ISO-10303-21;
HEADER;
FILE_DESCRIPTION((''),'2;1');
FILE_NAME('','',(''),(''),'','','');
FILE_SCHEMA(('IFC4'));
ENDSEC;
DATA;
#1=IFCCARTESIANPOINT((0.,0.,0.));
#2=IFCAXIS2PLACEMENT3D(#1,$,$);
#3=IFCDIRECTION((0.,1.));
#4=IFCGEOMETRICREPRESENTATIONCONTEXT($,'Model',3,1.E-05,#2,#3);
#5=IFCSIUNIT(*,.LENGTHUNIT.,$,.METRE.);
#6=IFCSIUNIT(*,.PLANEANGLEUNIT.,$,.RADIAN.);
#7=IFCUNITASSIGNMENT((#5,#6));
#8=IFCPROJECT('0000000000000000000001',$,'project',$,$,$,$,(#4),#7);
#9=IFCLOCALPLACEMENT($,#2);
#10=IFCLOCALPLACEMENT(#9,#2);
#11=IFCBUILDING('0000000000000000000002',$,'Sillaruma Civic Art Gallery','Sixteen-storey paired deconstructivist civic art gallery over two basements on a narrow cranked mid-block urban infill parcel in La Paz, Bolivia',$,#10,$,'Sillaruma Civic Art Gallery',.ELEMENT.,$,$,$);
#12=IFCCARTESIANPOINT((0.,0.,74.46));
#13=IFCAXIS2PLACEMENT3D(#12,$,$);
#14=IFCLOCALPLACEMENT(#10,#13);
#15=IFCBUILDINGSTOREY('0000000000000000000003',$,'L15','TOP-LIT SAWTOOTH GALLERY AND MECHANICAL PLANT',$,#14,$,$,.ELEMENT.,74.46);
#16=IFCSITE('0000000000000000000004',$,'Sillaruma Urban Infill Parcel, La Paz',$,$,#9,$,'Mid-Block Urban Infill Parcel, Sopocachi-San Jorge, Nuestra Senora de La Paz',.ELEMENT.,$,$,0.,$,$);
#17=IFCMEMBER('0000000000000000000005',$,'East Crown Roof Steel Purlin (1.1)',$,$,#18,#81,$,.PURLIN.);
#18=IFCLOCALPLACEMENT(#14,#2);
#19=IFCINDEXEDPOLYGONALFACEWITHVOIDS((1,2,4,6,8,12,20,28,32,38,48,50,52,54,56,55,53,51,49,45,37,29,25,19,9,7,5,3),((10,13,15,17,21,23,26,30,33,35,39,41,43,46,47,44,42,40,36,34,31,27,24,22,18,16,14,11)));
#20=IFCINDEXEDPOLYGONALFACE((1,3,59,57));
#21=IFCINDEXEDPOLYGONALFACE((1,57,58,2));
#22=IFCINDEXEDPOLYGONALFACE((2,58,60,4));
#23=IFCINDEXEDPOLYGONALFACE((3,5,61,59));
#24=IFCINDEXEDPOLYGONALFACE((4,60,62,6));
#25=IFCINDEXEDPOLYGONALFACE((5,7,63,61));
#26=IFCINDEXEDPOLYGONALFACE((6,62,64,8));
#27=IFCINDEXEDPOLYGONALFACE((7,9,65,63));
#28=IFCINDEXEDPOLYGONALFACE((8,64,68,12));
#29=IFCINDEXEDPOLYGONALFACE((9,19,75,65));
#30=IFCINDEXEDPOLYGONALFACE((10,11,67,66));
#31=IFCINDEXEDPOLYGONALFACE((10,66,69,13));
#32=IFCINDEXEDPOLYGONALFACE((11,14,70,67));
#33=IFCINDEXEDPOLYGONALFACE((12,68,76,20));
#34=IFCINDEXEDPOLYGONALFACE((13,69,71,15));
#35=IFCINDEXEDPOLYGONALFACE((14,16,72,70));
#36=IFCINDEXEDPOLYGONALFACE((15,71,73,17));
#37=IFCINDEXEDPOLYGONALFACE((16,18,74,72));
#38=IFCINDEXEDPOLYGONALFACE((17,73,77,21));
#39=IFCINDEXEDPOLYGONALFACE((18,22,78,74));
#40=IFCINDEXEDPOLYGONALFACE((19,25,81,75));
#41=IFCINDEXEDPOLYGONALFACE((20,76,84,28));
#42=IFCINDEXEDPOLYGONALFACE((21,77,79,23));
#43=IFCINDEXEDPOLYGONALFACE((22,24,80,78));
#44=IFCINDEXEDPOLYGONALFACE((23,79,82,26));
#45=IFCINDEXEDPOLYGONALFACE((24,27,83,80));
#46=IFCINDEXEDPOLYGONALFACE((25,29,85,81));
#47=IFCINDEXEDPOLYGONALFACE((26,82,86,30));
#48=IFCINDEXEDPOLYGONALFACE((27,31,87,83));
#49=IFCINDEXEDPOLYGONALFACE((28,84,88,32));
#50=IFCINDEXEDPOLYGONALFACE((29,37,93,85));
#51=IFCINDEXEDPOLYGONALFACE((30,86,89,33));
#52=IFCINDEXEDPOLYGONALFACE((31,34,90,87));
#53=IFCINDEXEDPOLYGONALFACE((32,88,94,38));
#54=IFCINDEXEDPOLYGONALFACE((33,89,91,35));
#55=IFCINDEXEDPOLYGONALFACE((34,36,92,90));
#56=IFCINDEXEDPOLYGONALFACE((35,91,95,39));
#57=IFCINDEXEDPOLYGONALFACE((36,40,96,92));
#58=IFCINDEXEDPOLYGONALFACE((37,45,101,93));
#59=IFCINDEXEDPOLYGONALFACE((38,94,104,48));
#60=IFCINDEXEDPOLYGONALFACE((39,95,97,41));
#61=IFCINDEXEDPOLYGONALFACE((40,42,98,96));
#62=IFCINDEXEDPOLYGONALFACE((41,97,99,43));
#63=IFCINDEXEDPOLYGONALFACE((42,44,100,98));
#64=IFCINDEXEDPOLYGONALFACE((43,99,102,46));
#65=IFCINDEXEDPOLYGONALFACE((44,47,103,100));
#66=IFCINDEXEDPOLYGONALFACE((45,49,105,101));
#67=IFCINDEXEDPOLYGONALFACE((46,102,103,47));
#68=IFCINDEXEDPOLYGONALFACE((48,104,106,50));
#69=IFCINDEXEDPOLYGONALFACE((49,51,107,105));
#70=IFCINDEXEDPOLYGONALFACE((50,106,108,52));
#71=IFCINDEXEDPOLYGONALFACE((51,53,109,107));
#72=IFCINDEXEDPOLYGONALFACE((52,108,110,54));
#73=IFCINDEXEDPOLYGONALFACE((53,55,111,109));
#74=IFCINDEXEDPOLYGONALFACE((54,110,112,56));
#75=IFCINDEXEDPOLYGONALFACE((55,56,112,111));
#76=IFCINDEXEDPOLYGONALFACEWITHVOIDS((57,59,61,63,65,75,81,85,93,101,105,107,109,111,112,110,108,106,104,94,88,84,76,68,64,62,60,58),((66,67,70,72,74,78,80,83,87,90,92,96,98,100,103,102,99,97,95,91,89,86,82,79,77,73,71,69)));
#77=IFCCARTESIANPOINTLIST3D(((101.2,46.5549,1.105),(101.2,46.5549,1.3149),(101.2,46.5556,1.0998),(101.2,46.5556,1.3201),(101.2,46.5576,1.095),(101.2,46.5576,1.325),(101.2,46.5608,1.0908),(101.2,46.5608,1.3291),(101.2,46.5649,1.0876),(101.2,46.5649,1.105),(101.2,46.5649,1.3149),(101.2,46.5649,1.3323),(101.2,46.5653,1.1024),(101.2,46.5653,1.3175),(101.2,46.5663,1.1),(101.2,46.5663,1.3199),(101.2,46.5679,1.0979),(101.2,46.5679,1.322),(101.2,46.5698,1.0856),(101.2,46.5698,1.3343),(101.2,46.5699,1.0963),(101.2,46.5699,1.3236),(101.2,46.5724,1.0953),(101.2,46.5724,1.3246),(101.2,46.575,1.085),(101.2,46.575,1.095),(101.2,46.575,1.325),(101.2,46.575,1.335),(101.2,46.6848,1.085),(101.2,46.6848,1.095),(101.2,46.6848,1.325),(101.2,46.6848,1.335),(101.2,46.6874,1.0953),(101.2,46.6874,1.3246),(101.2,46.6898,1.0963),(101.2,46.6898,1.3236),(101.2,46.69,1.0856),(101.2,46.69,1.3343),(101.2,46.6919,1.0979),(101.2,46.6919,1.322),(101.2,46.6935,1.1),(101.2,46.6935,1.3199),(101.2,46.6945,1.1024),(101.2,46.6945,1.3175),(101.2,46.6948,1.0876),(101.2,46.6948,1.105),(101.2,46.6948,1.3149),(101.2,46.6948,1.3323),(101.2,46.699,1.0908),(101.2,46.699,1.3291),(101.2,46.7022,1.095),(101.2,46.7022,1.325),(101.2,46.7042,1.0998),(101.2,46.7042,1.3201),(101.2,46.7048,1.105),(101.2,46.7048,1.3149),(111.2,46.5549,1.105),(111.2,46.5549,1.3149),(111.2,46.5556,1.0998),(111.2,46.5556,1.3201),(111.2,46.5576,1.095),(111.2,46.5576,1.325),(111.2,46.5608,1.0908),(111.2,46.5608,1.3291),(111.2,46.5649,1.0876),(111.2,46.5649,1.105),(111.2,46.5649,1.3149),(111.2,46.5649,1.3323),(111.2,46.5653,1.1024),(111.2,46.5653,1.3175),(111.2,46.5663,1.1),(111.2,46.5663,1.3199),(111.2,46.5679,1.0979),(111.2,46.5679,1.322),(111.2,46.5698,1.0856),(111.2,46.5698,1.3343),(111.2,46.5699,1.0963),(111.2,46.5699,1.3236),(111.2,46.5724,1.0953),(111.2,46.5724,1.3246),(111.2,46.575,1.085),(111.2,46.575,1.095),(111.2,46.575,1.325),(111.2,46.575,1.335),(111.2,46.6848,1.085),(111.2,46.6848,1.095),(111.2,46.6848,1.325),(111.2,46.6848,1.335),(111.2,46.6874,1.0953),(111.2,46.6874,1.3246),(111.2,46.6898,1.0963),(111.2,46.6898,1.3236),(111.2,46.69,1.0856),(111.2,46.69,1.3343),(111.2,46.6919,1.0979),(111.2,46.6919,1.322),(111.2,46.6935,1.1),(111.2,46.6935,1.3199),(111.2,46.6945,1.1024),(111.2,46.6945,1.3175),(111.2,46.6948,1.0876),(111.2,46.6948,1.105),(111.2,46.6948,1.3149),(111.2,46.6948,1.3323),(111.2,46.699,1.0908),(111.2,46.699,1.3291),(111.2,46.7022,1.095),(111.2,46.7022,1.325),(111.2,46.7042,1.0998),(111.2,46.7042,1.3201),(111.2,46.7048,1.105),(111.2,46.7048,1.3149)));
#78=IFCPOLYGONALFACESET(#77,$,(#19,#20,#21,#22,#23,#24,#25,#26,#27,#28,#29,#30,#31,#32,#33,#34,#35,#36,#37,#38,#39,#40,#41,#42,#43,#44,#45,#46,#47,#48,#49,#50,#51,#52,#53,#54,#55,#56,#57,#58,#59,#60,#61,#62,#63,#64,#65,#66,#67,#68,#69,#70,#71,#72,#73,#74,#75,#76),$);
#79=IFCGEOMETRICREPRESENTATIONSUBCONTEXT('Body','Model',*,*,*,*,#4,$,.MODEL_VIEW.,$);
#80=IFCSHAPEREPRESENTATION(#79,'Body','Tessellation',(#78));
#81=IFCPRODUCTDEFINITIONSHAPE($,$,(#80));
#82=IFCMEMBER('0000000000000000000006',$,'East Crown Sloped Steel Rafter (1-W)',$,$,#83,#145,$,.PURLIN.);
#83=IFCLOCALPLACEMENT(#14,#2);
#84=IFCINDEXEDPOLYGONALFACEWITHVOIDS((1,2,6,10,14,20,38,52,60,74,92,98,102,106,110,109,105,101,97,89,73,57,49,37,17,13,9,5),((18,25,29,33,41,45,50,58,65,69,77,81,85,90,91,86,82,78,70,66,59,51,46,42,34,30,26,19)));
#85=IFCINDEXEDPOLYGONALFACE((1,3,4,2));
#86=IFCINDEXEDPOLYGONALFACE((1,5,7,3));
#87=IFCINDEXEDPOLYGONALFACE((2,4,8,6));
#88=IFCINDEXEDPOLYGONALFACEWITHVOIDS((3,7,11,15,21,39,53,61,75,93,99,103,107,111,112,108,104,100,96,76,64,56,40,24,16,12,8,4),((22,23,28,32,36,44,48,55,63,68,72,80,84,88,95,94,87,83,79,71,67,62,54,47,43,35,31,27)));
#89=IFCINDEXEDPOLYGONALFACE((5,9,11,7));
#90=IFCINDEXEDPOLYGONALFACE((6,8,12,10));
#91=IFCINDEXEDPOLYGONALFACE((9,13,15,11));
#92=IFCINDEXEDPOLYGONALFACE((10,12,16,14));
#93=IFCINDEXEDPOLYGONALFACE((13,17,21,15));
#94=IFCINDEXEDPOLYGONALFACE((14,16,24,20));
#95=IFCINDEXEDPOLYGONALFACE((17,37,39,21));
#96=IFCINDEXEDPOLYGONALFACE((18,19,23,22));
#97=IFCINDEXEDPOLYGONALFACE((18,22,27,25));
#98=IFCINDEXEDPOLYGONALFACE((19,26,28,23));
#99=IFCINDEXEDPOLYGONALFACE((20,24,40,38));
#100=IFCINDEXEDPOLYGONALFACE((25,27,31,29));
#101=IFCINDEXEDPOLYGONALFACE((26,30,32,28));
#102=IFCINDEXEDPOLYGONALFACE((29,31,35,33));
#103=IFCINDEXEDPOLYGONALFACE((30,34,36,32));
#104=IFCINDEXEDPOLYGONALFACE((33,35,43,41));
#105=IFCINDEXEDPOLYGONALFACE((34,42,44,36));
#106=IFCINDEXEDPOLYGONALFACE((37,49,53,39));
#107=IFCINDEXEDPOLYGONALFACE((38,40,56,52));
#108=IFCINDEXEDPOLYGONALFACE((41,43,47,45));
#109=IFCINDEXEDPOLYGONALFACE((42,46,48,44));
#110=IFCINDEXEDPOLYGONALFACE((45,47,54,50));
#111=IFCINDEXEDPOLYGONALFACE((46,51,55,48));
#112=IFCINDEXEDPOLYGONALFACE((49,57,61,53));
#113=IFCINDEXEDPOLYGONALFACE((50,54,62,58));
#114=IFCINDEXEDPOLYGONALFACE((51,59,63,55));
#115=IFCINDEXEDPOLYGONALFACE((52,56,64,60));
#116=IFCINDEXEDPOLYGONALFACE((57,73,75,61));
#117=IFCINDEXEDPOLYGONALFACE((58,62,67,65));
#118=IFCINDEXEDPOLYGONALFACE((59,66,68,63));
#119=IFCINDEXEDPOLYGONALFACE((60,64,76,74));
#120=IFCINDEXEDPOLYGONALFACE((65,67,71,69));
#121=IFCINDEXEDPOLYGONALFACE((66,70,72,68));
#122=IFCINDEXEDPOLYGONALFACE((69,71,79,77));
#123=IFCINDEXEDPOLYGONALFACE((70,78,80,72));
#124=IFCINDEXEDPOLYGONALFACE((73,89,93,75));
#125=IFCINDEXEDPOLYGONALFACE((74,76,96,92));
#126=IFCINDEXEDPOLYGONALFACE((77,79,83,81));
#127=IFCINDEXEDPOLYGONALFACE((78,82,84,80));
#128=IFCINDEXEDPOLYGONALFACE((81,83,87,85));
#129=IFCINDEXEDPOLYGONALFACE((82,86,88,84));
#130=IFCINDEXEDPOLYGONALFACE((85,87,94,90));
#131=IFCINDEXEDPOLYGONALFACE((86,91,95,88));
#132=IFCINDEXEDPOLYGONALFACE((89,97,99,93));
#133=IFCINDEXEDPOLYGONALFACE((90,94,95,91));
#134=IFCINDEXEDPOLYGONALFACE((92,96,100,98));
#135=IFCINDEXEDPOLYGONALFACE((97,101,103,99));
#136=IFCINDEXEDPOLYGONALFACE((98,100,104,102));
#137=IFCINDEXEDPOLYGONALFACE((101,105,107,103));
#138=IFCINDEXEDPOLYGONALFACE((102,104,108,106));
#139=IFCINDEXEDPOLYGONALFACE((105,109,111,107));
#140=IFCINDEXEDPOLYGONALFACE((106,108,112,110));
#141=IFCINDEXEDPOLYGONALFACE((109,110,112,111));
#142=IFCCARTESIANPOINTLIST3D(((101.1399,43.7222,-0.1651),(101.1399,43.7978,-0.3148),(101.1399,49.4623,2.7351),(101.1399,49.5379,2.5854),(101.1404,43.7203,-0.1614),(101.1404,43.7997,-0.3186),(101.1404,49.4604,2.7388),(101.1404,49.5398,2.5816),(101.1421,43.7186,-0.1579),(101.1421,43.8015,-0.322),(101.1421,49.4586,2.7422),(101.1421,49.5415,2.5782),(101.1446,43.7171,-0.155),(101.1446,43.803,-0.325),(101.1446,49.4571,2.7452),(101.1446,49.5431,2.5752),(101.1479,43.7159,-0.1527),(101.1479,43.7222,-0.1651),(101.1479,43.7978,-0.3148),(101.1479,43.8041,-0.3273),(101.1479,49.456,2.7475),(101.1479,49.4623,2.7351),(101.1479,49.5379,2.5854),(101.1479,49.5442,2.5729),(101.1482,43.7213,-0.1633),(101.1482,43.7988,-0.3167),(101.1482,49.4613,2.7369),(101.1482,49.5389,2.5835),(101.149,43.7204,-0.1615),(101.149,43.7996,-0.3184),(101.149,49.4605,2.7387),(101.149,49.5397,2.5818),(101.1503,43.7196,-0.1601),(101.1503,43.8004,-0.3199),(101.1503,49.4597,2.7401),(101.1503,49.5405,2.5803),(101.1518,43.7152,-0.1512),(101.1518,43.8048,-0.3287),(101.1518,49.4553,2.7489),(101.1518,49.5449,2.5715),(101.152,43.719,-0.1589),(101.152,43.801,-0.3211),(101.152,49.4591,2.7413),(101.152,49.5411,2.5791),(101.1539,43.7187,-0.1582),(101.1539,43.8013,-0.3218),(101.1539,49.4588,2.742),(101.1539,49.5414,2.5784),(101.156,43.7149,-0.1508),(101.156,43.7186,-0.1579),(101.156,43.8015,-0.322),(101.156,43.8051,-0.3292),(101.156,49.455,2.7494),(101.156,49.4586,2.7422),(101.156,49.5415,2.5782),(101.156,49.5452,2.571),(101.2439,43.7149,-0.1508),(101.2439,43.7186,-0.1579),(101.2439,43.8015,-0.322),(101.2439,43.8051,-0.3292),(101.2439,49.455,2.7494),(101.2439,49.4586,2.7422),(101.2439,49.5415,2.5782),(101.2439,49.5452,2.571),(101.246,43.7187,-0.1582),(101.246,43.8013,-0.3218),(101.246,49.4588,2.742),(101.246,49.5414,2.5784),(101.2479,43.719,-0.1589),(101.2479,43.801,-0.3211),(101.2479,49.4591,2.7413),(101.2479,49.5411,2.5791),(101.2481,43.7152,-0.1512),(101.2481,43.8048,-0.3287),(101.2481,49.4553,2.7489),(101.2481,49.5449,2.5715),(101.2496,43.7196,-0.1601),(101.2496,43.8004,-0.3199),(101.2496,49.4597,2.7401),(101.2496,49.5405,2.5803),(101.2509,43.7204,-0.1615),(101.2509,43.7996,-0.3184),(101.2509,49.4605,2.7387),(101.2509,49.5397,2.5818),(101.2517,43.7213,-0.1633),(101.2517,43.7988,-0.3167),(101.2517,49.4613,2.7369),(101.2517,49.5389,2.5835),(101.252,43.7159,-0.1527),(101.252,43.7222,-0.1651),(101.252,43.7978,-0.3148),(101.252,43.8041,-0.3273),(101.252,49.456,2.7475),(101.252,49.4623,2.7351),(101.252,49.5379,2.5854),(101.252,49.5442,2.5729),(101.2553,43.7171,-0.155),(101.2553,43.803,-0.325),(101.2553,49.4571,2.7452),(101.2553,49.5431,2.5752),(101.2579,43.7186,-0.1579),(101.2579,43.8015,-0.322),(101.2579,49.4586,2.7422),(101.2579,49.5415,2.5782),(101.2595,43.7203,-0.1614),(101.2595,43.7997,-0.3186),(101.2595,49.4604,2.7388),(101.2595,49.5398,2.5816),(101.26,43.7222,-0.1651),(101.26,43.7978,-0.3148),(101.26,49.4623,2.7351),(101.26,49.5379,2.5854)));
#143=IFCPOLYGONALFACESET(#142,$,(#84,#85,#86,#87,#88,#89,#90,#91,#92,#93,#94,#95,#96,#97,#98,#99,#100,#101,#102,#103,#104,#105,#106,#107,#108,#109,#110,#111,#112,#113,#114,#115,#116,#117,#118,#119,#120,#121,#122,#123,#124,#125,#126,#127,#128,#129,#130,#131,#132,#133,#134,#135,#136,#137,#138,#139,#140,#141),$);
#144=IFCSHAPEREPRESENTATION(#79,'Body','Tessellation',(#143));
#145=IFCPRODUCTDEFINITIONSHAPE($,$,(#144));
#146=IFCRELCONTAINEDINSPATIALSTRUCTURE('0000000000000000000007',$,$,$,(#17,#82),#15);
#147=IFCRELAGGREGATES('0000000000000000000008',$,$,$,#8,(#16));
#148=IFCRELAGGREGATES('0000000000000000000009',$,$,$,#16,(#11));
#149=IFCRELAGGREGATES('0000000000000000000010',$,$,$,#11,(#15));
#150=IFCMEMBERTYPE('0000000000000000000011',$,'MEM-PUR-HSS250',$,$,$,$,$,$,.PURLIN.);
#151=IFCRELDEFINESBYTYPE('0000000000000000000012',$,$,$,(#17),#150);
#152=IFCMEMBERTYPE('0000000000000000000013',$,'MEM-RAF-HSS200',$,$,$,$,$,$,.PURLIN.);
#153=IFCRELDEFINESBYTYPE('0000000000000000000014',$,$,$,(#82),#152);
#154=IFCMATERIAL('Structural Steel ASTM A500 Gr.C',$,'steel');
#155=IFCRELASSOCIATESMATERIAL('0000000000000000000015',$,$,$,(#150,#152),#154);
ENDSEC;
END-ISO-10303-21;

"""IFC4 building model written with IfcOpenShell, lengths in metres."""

from ifc_helpers import new_model, si_unit, direction, frame, origin, origin_2d, place, context, subcontext, project, spatial, hollow_rectangle, extrude, material, material_profile, profile_set, type_object, element, save


model = new_model("IFC4")

# Units and contexts
model_context = context("Model", 3, precision=1e-05, world=origin(), true_north=direction((0.0, 1.0)))
body_context = subcontext(model_context, "Body", "Model", "MODEL_VIEW")
ifc_project = project(units=[si_unit("LENGTHUNIT", "METRE"), si_unit("PLANEANGLEUNIT", "RADIAN")], contexts=[model_context])

# Site, building, storey
site_placement = place(None, origin())
site = spatial("IfcSite", under=ifc_project, at=site_placement, Name="Sillaruma Urban Infill Parcel, La Paz", LongName="Mid-Block Urban Infill Parcel, Sopocachi-San Jorge, Nuestra Senora de La Paz", CompositionType="ELEMENT", RefElevation=0.0)
building_placement = place(site_placement, origin())
building = spatial("IfcBuilding", under=site, at=building_placement, Name="Sillaruma Civic Art Gallery", Description="Sixteen-storey paired deconstructivist civic art gallery over two basements on a narrow cranked mid-block urban infill parcel in La Paz, Bolivia", LongName="Sillaruma Civic Art Gallery", CompositionType="ELEMENT")
storey_placement = place(building_placement, frame((0.0, 0.0, 74.46)))
storey = spatial("IfcBuildingStorey", under=building, at=storey_placement, Name="L15", Description="TOP-LIT SAWTOOTH GALLERY AND MECHANICAL PLANT", CompositionType="ELEMENT", Elevation=74.46)

# Members
ifc_material_1 = material(Name="Structural Steel ASTM A500 Gr.C", Category="steel")
ifc_material_profile_1 = material_profile(ifc_material_1, hollow_rectangle(XDim=0.1499, YDim=0.25, WallThickness=0.01, InnerFilletRadius=0.01, OuterFilletRadius=0.02, at=origin_2d()), Name="HSS250x150x10")
ifc_profile_set_1 = profile_set([ifc_material_profile_1], Name="Structural Steel ASTM A500 Gr.C")
member_type_1 = type_object("IfcMemberType", Name="MEM-PUR-HSS250", PredefinedType="PURLIN", material=ifc_profile_set_1)
member_placement = place(storey_placement, frame((101.2, 46.6299, 1.21), z_axis=(1.0, 0.0, 0.0), x_axis=(0.0, 1.0, 0.0)))
element("IfcMember", 1, at=member_placement, inside=storey, type_object=member_type_1, Name="East Crown Roof Steel Purlin (1.1)", PredefinedType="PURLIN", context=body_context, shape_type="SweptSolid", body=[
    extrude(hollow_rectangle(XDim=0.1499, YDim=0.25, WallThickness=0.01, InnerFilletRadius=0.01, OuterFilletRadius=0.02, at=origin_2d()), origin(), (0.0, 0.0, 1.0), 10.0),
])
ifc_material_profile_2 = material_profile(ifc_material_1, hollow_rectangle(XDim=0.1201, YDim=0.2, WallThickness=0.0081, InnerFilletRadius=0.0081, OuterFilletRadius=0.0161, at=origin_2d()), Name="HSS200x120x8")
ifc_profile_set_2 = profile_set([ifc_material_profile_2], Name="Structural Steel ASTM A500 Gr.C")
member_type_2 = type_object("IfcMemberType", Name="MEM-RAF-HSS200", PredefinedType="PURLIN", material=ifc_profile_set_2)
for number, where, z_axis, x_axis, name in (
    (2, (101.2, 43.76, -0.24), (0.0, 0.892544, 0.45096), (-1.0, 0.0, 0.0), "East Crown Sloped Steel Rafter (1-W)"),
):
    element("IfcMember", number, at=place(storey_placement, frame(where, z_axis=z_axis, x_axis=x_axis)), inside=storey, type_object=member_type_2, Name=name, PredefinedType="PURLIN", context=body_context, shape_type="SweptSolid", body=[
        extrude(hollow_rectangle(XDim=0.1201, YDim=0.2, WallThickness=0.0081, InnerFilletRadius=0.0081, OuterFilletRadius=0.0161, at=origin_2d()), origin(), (0.0, 0.0, 1.0), 6.4312),
    ])

save(model, "model.ifc")
